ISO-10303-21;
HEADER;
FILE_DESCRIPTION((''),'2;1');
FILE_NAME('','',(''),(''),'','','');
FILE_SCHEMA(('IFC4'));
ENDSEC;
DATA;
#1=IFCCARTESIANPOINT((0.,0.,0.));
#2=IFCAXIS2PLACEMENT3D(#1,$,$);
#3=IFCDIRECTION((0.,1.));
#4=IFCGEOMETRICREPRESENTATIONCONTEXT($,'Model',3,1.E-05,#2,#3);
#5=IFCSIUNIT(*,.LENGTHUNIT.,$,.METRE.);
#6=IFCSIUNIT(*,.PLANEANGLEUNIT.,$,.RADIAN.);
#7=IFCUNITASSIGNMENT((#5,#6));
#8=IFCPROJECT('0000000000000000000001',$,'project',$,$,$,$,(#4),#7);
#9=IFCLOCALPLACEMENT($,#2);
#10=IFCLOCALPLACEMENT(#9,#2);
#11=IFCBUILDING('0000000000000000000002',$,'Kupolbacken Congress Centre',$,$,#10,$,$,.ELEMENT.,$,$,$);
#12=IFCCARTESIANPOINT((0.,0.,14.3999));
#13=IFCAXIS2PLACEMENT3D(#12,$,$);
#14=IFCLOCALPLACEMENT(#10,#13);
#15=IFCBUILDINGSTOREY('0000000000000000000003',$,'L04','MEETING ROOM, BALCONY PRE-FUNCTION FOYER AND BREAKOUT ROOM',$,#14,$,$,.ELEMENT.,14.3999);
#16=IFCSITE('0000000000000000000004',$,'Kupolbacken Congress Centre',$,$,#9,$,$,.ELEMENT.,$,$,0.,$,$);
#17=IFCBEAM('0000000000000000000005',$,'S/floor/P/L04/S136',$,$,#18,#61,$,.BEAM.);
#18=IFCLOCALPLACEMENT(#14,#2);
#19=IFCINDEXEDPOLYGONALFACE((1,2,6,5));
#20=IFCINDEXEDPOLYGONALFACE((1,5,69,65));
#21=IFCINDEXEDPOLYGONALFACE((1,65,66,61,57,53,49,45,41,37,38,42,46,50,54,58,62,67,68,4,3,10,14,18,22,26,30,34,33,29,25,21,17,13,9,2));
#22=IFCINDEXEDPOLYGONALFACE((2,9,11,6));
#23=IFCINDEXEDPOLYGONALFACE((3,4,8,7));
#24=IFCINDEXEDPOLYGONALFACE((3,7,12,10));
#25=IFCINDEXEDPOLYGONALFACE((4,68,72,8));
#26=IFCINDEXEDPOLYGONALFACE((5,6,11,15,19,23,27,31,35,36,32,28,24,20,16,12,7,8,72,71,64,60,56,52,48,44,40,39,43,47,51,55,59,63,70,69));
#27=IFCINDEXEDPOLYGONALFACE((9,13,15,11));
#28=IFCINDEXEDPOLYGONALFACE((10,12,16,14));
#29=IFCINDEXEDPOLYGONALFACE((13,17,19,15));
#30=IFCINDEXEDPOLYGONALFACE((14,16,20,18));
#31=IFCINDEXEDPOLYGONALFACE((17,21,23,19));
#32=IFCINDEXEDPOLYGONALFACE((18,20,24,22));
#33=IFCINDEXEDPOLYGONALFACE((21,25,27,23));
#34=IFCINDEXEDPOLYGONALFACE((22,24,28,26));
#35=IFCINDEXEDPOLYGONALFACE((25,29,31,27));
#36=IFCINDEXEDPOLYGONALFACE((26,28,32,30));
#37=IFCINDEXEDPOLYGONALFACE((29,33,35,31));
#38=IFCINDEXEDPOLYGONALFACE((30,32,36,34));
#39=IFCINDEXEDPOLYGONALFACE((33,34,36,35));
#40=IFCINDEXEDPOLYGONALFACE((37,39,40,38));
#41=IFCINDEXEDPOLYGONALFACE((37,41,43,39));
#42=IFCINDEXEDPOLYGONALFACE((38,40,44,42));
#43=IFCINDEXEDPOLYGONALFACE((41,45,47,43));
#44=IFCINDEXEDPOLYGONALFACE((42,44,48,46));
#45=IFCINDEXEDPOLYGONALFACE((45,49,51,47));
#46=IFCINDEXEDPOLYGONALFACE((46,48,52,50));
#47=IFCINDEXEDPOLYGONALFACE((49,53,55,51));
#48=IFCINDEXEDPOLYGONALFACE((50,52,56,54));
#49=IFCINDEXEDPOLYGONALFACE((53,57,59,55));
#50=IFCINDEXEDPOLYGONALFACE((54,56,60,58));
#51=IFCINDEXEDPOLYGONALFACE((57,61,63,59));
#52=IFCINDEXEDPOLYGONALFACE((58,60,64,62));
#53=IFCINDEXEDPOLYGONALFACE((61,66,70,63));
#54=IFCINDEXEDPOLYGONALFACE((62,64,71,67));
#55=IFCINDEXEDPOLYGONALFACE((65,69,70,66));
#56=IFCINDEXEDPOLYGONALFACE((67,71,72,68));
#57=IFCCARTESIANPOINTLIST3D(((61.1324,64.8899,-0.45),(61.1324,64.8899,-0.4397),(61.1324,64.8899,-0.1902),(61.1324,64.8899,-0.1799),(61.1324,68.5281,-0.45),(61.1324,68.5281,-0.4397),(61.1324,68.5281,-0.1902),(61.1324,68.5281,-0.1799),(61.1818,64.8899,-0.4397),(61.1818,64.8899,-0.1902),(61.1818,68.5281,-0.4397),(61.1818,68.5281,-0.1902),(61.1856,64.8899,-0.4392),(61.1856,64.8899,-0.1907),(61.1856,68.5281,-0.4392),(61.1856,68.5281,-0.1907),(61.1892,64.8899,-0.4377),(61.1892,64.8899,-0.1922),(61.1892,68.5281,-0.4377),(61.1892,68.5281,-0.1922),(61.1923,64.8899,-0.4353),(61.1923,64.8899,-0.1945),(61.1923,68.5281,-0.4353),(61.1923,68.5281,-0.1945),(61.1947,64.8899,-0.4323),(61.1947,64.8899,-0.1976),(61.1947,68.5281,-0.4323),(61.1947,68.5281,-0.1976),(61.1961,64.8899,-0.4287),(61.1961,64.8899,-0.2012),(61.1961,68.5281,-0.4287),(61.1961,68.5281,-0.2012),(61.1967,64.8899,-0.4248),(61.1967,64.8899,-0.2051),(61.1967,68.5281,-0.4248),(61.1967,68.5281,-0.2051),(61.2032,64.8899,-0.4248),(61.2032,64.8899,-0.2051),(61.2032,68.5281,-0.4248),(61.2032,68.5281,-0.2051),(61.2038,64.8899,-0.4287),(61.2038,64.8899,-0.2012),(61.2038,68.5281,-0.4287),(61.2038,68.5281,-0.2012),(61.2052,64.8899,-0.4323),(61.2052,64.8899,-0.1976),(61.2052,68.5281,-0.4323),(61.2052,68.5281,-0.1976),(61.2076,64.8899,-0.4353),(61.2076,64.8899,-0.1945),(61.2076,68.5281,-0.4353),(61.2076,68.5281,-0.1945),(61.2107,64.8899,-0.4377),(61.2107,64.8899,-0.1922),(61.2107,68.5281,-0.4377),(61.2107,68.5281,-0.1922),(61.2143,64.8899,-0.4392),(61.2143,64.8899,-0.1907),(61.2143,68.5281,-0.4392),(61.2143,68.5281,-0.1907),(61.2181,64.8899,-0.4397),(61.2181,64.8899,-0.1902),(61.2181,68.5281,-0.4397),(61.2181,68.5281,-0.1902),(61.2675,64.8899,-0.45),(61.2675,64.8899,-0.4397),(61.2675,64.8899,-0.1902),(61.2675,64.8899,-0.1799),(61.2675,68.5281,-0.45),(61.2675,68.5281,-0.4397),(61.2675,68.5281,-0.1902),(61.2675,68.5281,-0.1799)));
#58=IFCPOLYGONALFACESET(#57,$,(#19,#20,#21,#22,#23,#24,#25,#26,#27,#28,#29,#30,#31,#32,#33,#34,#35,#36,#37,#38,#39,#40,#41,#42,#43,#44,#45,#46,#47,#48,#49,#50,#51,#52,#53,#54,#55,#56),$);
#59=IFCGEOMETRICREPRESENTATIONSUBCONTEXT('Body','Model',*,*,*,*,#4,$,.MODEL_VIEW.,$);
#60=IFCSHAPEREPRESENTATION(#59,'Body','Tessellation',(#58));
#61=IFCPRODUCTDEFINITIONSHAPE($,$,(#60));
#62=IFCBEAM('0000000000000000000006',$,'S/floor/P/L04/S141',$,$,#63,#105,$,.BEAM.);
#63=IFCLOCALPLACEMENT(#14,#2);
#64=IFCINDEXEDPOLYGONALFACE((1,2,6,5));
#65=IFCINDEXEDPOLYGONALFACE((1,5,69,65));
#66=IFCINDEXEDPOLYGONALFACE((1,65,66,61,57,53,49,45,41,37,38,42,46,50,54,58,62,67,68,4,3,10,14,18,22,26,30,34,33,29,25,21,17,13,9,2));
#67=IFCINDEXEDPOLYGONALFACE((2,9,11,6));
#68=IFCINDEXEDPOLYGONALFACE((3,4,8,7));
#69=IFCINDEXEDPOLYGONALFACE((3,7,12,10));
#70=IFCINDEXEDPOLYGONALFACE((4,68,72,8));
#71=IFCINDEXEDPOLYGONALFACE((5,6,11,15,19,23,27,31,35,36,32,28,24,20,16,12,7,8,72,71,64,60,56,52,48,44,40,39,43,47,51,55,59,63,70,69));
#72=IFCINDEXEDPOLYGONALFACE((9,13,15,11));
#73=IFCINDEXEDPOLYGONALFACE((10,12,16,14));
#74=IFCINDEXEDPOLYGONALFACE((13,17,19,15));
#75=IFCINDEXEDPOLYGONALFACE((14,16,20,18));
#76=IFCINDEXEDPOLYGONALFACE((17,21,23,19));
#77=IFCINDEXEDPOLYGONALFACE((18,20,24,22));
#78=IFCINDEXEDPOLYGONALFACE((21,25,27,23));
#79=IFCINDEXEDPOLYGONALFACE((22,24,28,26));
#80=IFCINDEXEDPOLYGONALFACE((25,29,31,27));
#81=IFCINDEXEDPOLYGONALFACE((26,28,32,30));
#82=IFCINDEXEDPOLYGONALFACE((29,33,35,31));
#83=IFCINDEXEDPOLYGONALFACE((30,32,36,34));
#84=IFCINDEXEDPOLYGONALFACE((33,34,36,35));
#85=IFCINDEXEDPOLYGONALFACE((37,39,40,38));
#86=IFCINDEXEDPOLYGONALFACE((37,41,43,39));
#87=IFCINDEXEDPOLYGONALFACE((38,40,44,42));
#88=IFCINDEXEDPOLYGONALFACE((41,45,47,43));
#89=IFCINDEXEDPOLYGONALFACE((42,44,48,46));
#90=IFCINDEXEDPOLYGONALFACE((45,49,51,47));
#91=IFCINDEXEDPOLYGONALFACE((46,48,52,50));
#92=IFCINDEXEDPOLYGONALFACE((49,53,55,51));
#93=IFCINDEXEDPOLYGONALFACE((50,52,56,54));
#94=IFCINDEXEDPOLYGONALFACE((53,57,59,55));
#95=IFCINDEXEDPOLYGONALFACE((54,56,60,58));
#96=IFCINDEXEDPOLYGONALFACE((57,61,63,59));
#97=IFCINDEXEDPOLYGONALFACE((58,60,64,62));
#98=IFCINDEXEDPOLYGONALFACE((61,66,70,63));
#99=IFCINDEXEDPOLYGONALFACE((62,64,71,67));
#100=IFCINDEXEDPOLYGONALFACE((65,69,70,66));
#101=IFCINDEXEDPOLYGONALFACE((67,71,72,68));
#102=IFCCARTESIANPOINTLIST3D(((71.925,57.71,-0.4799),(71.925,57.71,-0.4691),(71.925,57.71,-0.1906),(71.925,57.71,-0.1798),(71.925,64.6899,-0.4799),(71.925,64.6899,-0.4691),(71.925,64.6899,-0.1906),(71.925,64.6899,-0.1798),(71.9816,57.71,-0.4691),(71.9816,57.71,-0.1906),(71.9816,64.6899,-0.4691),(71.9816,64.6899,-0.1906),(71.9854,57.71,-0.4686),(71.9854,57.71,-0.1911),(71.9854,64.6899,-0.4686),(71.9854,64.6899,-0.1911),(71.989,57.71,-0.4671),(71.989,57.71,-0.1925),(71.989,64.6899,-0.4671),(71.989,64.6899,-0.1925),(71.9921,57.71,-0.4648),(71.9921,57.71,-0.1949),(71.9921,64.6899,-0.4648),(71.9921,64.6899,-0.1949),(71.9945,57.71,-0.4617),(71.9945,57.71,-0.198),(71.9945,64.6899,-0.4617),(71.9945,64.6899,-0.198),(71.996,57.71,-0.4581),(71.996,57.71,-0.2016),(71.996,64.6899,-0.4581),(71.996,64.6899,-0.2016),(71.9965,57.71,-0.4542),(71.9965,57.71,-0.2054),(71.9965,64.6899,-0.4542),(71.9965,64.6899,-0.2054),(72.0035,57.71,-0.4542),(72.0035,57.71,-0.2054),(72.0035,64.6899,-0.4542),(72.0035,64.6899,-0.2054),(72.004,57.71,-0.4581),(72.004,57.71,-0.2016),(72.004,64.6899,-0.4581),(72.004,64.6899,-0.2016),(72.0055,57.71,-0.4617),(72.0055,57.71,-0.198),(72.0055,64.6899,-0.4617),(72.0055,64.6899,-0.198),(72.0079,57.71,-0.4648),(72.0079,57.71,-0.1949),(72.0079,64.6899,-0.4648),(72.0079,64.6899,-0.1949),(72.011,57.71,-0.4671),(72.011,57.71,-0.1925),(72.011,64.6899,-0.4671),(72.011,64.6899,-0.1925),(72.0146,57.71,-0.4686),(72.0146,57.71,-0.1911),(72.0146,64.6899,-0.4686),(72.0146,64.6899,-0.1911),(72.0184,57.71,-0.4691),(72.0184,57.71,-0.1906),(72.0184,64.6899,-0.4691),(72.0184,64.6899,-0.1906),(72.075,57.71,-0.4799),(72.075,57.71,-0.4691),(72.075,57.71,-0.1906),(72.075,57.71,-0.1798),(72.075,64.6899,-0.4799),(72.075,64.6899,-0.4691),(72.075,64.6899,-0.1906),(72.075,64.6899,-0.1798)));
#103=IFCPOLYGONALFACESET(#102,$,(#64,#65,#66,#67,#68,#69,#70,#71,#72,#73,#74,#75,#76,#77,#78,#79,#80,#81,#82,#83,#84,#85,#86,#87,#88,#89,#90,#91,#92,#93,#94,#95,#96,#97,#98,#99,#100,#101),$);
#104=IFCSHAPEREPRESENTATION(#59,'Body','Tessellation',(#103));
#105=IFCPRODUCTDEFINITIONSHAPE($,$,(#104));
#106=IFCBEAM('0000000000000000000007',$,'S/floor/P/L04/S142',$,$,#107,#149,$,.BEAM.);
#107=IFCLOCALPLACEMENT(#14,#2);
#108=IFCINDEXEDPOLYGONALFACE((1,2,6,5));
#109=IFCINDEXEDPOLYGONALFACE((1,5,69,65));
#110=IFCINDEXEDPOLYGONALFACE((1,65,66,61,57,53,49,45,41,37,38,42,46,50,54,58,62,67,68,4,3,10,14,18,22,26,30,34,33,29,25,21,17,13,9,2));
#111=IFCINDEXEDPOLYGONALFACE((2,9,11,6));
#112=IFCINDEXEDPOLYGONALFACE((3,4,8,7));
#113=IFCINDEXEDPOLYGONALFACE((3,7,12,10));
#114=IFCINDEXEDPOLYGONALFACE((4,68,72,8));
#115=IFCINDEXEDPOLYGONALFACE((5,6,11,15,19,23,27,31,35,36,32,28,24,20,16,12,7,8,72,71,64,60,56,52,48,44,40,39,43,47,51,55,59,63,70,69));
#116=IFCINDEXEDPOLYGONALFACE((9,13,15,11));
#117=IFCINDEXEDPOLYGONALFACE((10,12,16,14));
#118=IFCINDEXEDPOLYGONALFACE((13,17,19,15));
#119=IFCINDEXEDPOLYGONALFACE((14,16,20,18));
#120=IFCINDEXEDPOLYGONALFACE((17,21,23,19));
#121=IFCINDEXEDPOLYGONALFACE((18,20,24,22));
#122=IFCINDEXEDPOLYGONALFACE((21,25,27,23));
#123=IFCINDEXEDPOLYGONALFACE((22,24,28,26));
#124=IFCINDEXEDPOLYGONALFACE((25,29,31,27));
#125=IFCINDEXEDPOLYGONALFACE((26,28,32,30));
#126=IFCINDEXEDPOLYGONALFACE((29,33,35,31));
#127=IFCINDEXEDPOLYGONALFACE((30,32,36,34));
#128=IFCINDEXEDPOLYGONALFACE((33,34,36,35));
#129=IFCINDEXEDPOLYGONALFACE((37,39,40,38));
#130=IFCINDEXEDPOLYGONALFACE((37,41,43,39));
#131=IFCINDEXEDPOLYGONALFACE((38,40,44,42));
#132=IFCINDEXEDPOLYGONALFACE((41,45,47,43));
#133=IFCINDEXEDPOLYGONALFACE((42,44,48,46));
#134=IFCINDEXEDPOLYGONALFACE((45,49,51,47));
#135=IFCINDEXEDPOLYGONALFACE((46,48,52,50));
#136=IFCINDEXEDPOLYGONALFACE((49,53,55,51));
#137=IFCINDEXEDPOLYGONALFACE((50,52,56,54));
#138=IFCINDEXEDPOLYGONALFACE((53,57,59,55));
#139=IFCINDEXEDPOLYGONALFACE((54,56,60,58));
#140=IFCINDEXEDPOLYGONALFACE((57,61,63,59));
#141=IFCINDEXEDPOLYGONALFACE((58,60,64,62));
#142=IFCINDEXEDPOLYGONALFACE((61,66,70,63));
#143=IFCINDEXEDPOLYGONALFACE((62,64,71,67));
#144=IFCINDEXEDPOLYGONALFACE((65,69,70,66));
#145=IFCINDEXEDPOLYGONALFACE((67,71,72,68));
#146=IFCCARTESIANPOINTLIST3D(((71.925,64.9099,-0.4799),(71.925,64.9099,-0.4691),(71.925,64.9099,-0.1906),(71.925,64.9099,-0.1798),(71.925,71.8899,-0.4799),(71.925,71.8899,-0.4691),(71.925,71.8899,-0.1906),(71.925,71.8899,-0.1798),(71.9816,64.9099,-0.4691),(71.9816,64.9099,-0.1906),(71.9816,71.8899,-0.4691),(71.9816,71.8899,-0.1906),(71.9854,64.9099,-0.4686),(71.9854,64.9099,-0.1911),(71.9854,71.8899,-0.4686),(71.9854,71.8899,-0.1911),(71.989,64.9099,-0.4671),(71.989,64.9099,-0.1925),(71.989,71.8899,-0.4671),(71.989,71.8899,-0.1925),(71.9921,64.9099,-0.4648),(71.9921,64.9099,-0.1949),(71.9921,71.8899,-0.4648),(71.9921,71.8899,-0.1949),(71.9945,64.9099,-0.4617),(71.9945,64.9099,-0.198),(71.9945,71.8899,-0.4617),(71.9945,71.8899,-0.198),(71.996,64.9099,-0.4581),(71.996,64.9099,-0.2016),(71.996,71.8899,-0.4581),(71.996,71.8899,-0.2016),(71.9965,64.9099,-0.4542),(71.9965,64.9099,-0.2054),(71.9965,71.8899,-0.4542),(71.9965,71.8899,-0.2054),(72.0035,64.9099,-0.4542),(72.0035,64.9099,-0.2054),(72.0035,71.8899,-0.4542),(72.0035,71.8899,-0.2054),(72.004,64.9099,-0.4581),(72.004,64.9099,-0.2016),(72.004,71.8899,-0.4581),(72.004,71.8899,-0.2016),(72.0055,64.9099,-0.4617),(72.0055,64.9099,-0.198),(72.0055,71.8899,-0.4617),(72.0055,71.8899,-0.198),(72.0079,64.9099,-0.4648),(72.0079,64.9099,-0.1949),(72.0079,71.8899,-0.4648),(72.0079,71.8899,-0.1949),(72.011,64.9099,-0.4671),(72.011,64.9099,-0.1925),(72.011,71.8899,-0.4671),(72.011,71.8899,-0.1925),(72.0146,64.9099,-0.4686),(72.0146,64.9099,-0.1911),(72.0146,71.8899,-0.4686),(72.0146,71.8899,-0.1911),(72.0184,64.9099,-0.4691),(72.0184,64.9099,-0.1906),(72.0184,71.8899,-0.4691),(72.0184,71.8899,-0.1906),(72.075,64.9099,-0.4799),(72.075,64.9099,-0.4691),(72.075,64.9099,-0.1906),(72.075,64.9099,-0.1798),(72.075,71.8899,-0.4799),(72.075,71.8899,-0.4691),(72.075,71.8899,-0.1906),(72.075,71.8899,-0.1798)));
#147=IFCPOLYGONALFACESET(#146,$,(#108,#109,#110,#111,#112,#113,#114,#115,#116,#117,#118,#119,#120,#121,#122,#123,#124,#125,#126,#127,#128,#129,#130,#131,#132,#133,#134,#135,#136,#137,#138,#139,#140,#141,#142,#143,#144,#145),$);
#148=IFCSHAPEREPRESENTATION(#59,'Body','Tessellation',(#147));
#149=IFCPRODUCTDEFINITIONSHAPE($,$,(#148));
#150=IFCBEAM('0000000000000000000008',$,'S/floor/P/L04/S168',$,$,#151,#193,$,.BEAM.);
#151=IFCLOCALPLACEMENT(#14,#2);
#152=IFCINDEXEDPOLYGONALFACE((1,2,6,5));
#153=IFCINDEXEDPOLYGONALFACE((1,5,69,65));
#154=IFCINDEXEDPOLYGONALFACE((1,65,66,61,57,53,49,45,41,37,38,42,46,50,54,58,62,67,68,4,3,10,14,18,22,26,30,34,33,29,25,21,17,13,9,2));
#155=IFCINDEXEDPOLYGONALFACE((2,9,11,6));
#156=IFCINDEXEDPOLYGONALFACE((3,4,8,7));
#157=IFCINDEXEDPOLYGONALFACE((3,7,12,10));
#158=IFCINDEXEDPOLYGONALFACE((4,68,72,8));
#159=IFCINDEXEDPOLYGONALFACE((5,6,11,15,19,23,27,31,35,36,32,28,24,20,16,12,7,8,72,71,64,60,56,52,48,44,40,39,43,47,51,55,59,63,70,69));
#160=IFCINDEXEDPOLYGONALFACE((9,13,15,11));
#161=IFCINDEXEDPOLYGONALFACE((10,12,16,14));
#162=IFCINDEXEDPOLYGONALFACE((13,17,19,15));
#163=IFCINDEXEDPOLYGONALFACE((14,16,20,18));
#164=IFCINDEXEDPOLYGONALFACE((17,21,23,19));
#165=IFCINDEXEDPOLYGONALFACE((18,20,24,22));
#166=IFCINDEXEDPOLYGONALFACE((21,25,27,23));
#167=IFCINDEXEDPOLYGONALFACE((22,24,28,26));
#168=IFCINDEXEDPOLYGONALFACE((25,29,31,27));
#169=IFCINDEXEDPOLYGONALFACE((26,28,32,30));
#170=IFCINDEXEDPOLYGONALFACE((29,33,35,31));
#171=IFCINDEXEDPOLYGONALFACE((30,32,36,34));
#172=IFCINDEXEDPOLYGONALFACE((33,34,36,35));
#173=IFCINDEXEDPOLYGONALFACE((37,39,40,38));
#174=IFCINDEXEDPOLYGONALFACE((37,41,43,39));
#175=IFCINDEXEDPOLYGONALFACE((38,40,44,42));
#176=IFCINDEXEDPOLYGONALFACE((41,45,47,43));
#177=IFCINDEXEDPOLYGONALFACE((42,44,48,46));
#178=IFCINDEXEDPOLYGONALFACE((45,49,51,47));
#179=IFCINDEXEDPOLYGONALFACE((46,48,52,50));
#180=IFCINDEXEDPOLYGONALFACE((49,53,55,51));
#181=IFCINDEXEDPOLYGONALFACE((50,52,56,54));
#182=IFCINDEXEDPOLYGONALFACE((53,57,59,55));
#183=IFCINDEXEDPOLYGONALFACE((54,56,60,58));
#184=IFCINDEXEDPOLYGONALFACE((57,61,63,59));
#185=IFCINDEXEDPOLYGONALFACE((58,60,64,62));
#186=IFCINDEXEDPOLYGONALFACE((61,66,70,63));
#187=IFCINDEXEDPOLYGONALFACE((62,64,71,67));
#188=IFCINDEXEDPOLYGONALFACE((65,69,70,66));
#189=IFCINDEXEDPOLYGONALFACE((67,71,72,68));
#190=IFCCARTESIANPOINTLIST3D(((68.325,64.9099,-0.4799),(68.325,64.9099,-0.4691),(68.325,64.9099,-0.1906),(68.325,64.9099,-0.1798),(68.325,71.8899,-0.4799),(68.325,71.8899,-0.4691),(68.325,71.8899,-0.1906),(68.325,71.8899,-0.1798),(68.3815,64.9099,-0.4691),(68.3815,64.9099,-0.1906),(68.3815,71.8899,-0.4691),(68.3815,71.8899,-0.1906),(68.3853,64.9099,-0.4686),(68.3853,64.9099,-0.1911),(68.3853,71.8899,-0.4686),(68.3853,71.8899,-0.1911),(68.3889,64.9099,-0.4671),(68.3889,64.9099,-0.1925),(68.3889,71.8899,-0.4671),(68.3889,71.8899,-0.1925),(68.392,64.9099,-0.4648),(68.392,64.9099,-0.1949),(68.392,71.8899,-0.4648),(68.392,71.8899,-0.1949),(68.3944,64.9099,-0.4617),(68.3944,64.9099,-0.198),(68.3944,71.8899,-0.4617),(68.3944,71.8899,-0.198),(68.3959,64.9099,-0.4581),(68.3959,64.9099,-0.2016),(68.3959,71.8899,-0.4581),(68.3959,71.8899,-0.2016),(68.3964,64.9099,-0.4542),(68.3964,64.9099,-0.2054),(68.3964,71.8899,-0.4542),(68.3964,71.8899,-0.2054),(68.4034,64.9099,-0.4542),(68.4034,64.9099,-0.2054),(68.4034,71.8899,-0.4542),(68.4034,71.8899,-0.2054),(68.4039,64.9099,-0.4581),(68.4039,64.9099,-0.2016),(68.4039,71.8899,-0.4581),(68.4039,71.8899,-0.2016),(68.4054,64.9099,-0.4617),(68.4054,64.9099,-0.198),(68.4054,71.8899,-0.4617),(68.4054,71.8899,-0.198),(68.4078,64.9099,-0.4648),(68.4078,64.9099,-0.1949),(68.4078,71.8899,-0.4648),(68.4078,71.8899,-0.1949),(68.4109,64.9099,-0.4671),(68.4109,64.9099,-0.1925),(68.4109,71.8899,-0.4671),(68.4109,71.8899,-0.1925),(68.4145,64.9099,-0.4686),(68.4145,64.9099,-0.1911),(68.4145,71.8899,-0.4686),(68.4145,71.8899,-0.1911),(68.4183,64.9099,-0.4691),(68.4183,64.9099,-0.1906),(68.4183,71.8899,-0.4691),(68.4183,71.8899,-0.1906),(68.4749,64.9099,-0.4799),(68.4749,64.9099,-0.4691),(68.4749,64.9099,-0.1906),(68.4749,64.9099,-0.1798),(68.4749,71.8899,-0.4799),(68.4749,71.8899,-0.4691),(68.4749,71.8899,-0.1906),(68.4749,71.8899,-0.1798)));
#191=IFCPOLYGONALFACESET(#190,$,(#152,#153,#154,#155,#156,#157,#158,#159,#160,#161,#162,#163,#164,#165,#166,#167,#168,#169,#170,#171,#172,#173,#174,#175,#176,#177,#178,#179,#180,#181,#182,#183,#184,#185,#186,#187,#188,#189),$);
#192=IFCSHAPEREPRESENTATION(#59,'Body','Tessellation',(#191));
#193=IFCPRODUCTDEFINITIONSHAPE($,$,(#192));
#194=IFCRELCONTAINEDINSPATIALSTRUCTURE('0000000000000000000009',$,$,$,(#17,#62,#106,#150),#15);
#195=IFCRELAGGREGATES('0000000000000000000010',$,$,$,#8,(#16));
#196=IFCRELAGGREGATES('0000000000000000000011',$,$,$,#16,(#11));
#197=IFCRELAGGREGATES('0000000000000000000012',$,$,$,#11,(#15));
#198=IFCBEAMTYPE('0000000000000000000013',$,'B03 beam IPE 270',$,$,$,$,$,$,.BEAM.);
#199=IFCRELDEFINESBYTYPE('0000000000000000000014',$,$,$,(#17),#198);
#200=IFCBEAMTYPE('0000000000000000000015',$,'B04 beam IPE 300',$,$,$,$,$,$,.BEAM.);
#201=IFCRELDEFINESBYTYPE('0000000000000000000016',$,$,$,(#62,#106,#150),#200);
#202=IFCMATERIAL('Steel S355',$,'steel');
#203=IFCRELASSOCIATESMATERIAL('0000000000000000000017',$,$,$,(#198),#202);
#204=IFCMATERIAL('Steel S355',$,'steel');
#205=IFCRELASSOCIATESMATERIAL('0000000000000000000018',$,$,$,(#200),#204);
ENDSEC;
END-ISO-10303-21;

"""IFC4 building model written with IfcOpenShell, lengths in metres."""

from ifc_helpers import new_model, si_unit, direction, frame, origin, origin_2d, place, context, subcontext, project, spatial, i_section, extrude, material, material_profile, profile_set, type_object, element, save


model = new_model("IFC4")

# Units and contexts
model_context = context("Model", 3, precision=1e-05, world=origin(), true_north=direction((0.0, 1.0)))
body_context = subcontext(model_context, "Body", "Model", "MODEL_VIEW")
ifc_project = project(units=[si_unit("LENGTHUNIT", "METRE"), si_unit("PLANEANGLEUNIT", "RADIAN")], contexts=[model_context])

# Site, building, storey
site_placement = place(None, origin())
site = spatial("IfcSite", under=ifc_project, at=site_placement, Name="Kupolbacken Congress Centre", CompositionType="ELEMENT", RefElevation=0.0)
building_placement = place(site_placement, origin())
building = spatial("IfcBuilding", under=site, at=building_placement, Name="Kupolbacken Congress Centre", CompositionType="ELEMENT")
storey_placement = place(building_placement, frame((0.0, 0.0, 14.3999)))
storey = spatial("IfcBuildingStorey", under=building, at=storey_placement, Name="L04", Description="MEETING ROOM, BALCONY PRE-FUNCTION FOYER AND BREAKOUT ROOM", CompositionType="ELEMENT", Elevation=14.3999)

# Beams
ifc_material_1 = material(Name="Steel S355", Category="steel")
ifc_material_profile_1 = material_profile(ifc_material_1, i_section(OverallWidth=0.135, OverallDepth=0.27, WebThickness=0.0066, FlangeThickness=0.0103, FilletRadius=0.0149, at=origin_2d()), Name="IPE 270")
ifc_profile_set_1 = profile_set([ifc_material_profile_1], Name="Steel S355")
beam_type_1 = type_object("IfcBeamType", Name="B03 beam IPE 270", PredefinedType="BEAM", material=ifc_profile_set_1)
beam_1_placement = place(storey_placement, frame((61.2, 64.8899, -0.3149), z_axis=(0.0, 1.0, 0.0), x_axis=(-1.0, 0.0, 0.0)))
element("IfcBeam", 1, at=beam_1_placement, inside=storey, type_object=beam_type_1, Name="S/floor/P/L04/S136", PredefinedType="BEAM", context=body_context, shape_type="SweptSolid", body=[
    extrude(i_section(OverallWidth=0.135, OverallDepth=0.27, WebThickness=0.0066, FlangeThickness=0.0103, FilletRadius=0.0149, at=origin_2d()), origin(), (0.0, 0.0, 1.0), 3.6382),
])
ifc_material_2 = material(Name="Steel S355", Category="steel")
ifc_material_profile_2 = material_profile(ifc_material_2, i_section(OverallWidth=0.1499, OverallDepth=0.3, WebThickness=0.0071, FlangeThickness=0.0107, FilletRadius=0.0149, at=origin_2d()), Name="IPE 300")
ifc_profile_set_2 = profile_set([ifc_material_profile_2], Name="Steel S355")
beam_type_2 = type_object("IfcBeamType", Name="B04 beam IPE 300", PredefinedType="BEAM", material=ifc_profile_set_2)
for number, where, z_axis, x_axis, name in (
    (2, (72.0, 57.71, -0.3298), (0.0, 1.0, 0.0), (-1.0, 0.0, 0.0), "S/floor/P/L04/S141"),
    (3, (72.0, 64.9099, -0.3298), (0.0, 1.0, 0.0), (-1.0, 0.0, 0.0), "S/floor/P/L04/S142"),
    (4, (68.3999, 64.9099, -0.3298), (0.0, 1.0, 0.0), (-1.0, 0.0, 0.0), "S/floor/P/L04/S168"),
):
    element("IfcBeam", number, at=place(storey_placement, frame(where, z_axis=z_axis, x_axis=x_axis)), inside=storey, type_object=beam_type_2, Name=name, PredefinedType="BEAM", context=body_context, shape_type="SweptSolid", body=[
        extrude(i_section(OverallWidth=0.1499, OverallDepth=0.3, WebThickness=0.0071, FlangeThickness=0.0107, FilletRadius=0.0149, at=origin_2d()), origin(), (0.0, 0.0, 1.0), 6.98),
    ])

save(model, "model.ifc")
